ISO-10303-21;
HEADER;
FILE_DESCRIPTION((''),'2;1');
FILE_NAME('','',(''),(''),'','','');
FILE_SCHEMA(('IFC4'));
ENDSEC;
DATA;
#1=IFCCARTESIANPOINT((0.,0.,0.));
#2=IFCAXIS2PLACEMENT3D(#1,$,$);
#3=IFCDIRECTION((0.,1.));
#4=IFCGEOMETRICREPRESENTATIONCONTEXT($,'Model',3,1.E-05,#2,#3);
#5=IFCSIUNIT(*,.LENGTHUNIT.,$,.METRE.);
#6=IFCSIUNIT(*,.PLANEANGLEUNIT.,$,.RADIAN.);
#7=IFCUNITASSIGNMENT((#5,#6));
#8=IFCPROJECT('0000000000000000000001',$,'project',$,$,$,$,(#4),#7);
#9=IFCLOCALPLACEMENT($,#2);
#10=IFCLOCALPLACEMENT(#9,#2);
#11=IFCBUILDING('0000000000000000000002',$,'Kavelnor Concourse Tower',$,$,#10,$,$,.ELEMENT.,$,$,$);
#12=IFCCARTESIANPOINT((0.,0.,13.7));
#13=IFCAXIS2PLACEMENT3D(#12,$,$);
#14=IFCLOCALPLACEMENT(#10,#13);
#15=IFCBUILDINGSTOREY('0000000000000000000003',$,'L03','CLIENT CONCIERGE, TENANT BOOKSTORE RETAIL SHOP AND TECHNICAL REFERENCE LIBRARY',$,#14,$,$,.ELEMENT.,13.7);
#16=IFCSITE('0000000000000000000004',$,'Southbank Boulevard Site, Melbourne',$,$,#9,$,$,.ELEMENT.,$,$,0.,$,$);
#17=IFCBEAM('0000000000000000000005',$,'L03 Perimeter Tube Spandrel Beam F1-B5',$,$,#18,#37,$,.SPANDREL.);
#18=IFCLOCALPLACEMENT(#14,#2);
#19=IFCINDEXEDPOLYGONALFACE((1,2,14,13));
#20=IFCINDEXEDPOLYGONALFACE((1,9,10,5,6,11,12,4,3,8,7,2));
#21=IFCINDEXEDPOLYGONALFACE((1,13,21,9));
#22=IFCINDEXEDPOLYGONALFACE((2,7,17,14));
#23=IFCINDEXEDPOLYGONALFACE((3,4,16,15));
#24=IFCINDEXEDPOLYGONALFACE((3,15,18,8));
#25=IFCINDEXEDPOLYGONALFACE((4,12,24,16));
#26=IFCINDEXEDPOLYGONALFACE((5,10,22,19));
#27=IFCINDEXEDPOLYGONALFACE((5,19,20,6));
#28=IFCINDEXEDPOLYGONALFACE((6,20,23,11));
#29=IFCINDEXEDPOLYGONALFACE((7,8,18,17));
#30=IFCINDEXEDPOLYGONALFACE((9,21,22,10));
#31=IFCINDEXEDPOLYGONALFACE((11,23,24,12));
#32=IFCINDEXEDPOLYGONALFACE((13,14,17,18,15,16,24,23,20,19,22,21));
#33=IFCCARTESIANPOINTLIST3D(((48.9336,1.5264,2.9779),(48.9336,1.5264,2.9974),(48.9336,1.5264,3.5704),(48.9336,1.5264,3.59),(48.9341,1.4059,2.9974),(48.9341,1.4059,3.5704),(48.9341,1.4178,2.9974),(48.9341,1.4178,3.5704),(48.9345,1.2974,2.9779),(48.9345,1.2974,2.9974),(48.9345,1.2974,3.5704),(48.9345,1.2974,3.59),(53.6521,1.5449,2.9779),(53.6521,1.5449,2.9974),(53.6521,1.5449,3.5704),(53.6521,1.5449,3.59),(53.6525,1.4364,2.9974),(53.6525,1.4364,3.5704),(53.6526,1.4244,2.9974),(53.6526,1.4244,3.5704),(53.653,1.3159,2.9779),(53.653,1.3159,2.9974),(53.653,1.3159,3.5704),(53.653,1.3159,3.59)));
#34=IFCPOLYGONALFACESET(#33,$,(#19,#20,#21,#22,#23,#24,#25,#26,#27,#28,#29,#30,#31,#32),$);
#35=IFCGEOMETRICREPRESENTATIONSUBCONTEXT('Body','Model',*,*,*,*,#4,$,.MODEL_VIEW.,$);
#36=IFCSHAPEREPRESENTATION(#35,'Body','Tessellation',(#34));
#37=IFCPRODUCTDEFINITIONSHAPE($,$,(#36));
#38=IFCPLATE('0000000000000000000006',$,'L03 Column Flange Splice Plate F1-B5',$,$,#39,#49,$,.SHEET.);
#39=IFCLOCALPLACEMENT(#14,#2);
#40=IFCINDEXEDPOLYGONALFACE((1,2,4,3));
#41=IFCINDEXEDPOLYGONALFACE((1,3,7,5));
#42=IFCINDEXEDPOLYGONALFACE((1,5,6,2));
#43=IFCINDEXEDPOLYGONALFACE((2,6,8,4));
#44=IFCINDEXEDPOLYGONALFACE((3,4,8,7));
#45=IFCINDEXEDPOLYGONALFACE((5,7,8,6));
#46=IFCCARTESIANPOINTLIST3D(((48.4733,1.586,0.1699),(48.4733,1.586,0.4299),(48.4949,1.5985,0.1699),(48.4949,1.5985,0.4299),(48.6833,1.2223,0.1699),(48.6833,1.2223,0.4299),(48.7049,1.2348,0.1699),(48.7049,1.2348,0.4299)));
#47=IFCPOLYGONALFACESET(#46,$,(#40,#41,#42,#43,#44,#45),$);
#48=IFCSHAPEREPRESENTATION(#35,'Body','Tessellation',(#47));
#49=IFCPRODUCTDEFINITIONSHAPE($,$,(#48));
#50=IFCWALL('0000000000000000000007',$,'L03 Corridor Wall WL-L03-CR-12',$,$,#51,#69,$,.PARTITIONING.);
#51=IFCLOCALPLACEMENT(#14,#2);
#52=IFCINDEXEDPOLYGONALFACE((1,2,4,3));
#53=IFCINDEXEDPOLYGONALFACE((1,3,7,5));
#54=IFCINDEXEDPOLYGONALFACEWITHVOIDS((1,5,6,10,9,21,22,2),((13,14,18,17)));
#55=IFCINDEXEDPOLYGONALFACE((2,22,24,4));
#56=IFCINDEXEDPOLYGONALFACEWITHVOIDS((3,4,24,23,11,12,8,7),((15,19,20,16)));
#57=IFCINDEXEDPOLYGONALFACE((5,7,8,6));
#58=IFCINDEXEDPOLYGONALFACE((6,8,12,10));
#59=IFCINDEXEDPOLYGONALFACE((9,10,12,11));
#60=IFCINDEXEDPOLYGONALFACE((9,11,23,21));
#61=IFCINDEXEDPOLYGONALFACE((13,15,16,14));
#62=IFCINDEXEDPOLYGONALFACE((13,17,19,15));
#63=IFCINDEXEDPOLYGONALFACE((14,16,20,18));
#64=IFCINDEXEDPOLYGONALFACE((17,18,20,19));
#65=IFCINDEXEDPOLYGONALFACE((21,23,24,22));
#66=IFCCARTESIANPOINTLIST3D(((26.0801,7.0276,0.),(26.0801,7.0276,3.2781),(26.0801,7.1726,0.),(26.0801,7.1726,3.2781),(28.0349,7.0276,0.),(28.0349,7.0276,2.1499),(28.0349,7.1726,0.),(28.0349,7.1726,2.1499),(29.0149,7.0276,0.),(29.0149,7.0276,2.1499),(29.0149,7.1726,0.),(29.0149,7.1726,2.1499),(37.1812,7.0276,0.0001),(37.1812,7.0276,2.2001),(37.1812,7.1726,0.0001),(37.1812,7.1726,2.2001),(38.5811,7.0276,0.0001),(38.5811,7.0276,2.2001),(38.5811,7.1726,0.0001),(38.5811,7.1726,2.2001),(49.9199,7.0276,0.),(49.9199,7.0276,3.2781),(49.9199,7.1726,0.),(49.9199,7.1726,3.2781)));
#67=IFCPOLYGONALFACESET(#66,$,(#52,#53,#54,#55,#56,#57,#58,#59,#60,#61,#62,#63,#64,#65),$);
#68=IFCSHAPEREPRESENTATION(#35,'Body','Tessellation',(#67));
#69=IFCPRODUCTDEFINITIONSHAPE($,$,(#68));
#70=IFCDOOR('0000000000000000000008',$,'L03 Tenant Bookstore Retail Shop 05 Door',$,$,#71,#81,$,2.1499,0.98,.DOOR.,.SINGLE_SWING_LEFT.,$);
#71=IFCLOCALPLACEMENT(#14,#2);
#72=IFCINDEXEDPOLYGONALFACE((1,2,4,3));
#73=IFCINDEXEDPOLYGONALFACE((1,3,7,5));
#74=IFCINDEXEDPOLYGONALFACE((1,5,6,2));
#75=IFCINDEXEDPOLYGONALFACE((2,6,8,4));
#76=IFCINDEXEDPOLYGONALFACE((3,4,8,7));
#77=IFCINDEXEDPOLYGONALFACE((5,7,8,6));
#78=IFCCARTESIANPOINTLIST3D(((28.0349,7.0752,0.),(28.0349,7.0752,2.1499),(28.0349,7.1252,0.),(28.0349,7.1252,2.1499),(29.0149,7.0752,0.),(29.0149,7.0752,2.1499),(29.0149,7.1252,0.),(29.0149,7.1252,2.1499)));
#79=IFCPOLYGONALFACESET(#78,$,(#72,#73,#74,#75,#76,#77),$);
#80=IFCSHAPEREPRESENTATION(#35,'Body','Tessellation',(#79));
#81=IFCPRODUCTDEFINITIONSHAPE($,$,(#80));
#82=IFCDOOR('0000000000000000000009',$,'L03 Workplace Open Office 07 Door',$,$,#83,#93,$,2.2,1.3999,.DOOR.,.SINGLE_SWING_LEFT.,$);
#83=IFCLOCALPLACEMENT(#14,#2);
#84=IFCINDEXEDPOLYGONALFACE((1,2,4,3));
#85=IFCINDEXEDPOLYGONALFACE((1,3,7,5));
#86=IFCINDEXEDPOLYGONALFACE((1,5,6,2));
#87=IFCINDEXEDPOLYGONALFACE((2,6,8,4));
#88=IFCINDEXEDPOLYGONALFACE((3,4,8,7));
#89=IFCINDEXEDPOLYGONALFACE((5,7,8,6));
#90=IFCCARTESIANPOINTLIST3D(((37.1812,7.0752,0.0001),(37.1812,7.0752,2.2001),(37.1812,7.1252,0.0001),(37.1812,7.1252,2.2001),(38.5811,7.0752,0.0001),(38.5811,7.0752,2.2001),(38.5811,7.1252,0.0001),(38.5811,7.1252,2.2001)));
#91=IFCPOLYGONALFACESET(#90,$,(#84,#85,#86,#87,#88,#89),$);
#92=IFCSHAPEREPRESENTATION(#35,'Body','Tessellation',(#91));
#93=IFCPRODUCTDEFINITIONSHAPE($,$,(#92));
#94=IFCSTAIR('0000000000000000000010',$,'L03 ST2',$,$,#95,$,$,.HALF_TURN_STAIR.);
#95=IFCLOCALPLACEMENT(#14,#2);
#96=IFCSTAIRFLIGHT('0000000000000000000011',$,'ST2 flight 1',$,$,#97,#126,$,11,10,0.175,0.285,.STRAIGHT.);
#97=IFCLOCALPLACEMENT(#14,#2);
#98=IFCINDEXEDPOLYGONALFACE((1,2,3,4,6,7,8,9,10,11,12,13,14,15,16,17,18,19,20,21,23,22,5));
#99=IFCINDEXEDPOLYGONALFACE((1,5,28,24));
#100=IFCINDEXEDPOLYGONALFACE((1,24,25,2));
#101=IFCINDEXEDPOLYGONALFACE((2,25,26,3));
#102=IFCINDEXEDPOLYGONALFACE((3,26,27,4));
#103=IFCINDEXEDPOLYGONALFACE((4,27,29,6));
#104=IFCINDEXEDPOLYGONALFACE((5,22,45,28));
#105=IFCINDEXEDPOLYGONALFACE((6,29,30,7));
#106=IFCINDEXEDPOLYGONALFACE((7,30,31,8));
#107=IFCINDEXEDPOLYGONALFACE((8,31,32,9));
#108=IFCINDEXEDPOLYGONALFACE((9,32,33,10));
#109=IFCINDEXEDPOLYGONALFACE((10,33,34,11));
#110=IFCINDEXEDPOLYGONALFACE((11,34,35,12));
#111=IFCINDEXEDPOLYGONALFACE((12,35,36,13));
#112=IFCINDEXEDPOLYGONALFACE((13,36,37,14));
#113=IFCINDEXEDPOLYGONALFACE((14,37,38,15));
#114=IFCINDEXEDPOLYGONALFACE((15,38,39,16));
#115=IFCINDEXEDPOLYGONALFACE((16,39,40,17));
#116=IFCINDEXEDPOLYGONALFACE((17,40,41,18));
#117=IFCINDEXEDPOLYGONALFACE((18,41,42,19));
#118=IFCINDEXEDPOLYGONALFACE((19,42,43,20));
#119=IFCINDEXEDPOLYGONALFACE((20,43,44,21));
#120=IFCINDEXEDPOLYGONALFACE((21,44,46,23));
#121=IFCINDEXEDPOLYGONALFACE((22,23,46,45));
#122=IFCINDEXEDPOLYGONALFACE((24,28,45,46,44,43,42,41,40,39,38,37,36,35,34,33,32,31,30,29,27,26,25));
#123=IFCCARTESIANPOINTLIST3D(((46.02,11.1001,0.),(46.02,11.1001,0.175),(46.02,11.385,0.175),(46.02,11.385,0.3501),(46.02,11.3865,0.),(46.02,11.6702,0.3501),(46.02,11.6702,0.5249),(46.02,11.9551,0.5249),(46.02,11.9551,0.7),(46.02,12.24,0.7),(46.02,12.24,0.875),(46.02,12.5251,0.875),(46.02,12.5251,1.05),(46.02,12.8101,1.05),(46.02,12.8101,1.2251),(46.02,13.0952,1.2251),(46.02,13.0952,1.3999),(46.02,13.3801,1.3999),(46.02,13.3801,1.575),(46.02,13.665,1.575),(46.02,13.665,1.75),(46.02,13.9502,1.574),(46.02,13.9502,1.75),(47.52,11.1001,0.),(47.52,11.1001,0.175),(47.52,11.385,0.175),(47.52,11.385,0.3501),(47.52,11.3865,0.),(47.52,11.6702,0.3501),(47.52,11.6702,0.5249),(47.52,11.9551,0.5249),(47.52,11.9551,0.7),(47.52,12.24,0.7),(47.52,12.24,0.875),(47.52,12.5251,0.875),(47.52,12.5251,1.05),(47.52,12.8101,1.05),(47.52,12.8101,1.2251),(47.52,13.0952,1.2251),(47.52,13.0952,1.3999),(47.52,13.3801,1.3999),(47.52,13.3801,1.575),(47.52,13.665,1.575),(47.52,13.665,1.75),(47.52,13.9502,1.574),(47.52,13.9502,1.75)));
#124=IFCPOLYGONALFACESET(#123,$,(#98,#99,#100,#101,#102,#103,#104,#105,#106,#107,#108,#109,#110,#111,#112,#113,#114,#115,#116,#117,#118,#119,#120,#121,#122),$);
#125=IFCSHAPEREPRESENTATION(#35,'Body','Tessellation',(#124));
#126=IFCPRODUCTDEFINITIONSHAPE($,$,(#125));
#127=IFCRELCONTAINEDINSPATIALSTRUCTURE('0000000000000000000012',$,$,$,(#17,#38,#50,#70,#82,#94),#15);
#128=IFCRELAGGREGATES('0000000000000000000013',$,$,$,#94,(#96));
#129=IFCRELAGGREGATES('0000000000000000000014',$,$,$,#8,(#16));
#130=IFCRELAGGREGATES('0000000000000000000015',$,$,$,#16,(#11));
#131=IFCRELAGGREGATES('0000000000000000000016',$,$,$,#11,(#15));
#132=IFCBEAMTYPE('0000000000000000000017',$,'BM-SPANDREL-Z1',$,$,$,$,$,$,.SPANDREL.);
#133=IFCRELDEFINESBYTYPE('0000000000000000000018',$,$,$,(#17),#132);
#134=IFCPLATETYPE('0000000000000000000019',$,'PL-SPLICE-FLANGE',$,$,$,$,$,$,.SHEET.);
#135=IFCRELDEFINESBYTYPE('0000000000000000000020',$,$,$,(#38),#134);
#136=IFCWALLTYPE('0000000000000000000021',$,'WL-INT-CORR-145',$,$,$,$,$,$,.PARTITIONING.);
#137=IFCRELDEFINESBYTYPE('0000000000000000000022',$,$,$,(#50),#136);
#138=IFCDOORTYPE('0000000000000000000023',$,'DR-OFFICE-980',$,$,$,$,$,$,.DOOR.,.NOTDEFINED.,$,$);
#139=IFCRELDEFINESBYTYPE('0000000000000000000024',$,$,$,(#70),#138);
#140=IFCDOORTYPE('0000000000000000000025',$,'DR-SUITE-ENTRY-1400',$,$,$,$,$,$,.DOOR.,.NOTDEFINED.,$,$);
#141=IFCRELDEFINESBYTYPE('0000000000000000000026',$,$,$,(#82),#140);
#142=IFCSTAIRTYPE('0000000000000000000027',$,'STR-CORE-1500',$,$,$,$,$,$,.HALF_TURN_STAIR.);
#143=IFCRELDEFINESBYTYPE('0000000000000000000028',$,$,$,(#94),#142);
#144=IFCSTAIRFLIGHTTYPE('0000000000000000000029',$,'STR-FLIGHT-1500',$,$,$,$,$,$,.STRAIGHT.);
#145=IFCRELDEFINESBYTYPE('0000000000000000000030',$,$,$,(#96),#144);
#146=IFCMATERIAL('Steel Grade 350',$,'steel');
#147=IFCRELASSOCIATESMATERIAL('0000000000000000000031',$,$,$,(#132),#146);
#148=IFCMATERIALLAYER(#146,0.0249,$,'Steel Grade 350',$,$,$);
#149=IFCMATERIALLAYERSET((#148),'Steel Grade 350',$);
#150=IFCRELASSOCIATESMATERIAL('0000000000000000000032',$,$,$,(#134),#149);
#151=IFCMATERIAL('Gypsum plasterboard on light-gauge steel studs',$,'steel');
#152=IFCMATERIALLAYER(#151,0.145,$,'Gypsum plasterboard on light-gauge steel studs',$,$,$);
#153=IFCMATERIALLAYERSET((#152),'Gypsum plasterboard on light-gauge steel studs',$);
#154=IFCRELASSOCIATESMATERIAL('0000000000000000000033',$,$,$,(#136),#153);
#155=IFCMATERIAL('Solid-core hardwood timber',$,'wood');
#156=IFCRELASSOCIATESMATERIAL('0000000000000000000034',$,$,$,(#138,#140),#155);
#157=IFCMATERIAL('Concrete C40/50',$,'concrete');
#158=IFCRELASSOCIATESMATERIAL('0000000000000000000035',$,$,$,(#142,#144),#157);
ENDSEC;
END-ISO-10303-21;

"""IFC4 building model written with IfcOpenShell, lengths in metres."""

from ifc_helpers import new_model, si_unit, direction, frame, frame_2d, origin, origin_2d, place, context, subcontext, project, spatial, polyline, rectangle, i_section, outline, extrude, material, layer, layer_set, material_profile, profile_set, type_object, element, fill, aggregate, save


model = new_model("IFC4")

# Units and contexts
model_context = context("Model", 3, precision=1e-05, world=origin(), true_north=direction((0.0, 1.0)))
body_context = subcontext(model_context, "Body", "Model", "MODEL_VIEW")
ifc_project = project(units=[si_unit("LENGTHUNIT", "METRE"), si_unit("PLANEANGLEUNIT", "RADIAN")], contexts=[model_context])

# Site, building, storey
site_placement = place(None, origin())
site = spatial("IfcSite", under=ifc_project, at=site_placement, Name="Southbank Boulevard Site, Melbourne", CompositionType="ELEMENT", RefElevation=0.0)
building_placement = place(site_placement, origin())
building = spatial("IfcBuilding", under=site, at=building_placement, Name="Kavelnor Concourse Tower", CompositionType="ELEMENT")
storey_placement = place(building_placement, frame((0.0, 0.0, 13.7)))
storey = spatial("IfcBuildingStorey", under=building, at=storey_placement, Name="L03", Description="CLIENT CONCIERGE, TENANT BOOKSTORE RETAIL SHOP AND TECHNICAL REFERENCE LIBRARY", CompositionType="ELEMENT", Elevation=13.7)

# Shared definitions
ifc_material_1 = material(Name="Steel Grade 350", Category="steel")

# Beam
ifc_material_profile_1 = material_profile(ifc_material_1, i_section(OverallWidth=0.229, OverallDepth=0.6121, WebThickness=0.012, FlangeThickness=0.0195, at=origin_2d()), Name="610UB125")
ifc_profile_set_1 = profile_set([ifc_material_profile_1], Name="Steel Grade 350")
beam_type_1 = type_object("IfcBeamType", Name="BM-SPANDREL-Z1", PredefinedType="SPANDREL", material=ifc_profile_set_1)
beam_1_placement = place(storey_placement, frame((48.9341, 1.4119, 3.2839), z_axis=(0.999992, 0.003932, 0.0), x_axis=(-0.003932, 0.999992, 0.0)))
element("IfcBeam", 1, at=beam_1_placement, inside=storey, type_object=beam_type_1, Name="L03 Perimeter Tube Spandrel Beam F1-B5", PredefinedType="SPANDREL", context=body_context, shape_type="SweptSolid", body=[
    extrude(i_section(OverallWidth=0.229, OverallDepth=0.6121, WebThickness=0.012, FlangeThickness=0.0195, at=origin_2d()), origin(), (0.0, 0.0, 1.0), 4.7185),
])

# Plate
ifc_layer_1 = layer(ifc_material_1, 0.0249, Name="Steel Grade 350")
ifc_layer_set_1 = layer_set([ifc_layer_1], Name="Steel Grade 350")
plate_type = type_object("IfcPlateType", Name="PL-SPLICE-FLANGE", PredefinedType="SHEET", material=ifc_layer_set_1)
plate_placement = place(storey_placement, frame((48.5891, 1.4104, 0.1699), z_axis=(0.0, 0.0, 1.0), x_axis=(-0.5, 0.866025, 0.0)))
element("IfcPlate", 2, at=plate_placement, inside=storey, type_object=plate_type, Name="L03 Column Flange Splice Plate F1-B5", PredefinedType="SHEET", context=body_context, shape_type="SweptSolid", body=[
    extrude(rectangle(XDim=0.4199, YDim=0.0249, at=origin_2d()), origin(), (0.0, 0.0, 1.0), 0.26),
])

# Wall, openings, doors
ifc_material_2 = material(Name="Gypsum plasterboard on light-gauge steel studs", Category="steel")
ifc_layer_2 = layer(ifc_material_2, 0.145, Name="Gypsum plasterboard on light-gauge steel studs")
ifc_layer_set_2 = layer_set([ifc_layer_2], Name="Gypsum plasterboard on light-gauge steel studs")
wall_type_1 = type_object("IfcWallType", Name="WL-INT-CORR-145", PredefinedType="PARTITIONING", material=ifc_layer_set_2)
wall_1_placement = place(storey_placement, frame((49.9199, 7.1001, 0.0), z_axis=(0.0, 0.0, 1.0), x_axis=(-1.0, 0.0, 0.0)))
wall_1 = element("IfcWall", 3, at=wall_1_placement, inside=storey, type_object=wall_type_1, Name="L03 Corridor Wall WL-L03-CR-12", PredefinedType="PARTITIONING", context=body_context, shape_type="SweptSolid", body=[
    extrude(rectangle(XDim=23.8398, YDim=0.145, at=frame_2d((11.9199, 0.0))), origin(), (0.0, 0.0, 1.0), 3.2781),
])
opening_1_placement = place(wall_1_placement, frame((20.905, 0.0, 0.0)))
opening_1 = element("IfcOpeningElement", 4, at=opening_1_placement, cuts=wall_1, PredefinedType="OPENING", context=body_context, shape_type="SweptSolid", body=[
    extrude(rectangle(XDim=0.98, YDim=2.1499, at=frame_2d((0.49, 1.075))), frame((0.0, 0.0825, 0.0), z_axis=(0.0, -1.0, 0.0), x_axis=(1.0, 0.0, 0.0)), (0.0, 0.0, 1.0), 0.165),
])
opening_2_placement = place(wall_1_placement, frame((11.3389, 0.0, 0.0)))
opening_2 = element("IfcOpeningElement", 5, at=opening_2_placement, cuts=wall_1, PredefinedType="OPENING", context=body_context, shape_type="SweptSolid", body=[
    extrude(rectangle(XDim=1.3999, YDim=2.2, at=frame_2d((0.7, 1.1001))), frame((0.0, 0.0825, 0.0), z_axis=(0.0, -1.0, 0.0), x_axis=(1.0, 0.0, 0.0)), (0.0, 0.0, 1.0), 0.165),
])
ifc_material_3 = material(Name="Solid-core hardwood timber", Category="wood")
door_type_1 = type_object("IfcDoorType", Name="DR-OFFICE-980", OperationType="NOTDEFINED", PredefinedType="DOOR", material=ifc_material_3)
door_1_placement = place(opening_1_placement, origin())
door_1 = element("IfcDoor", 6, at=door_1_placement, inside=storey, type_object=door_type_1, Name="L03 Tenant Bookstore Retail Shop 05 Door", OperationType="SINGLE_SWING_LEFT", OverallHeight=2.1499, OverallWidth=0.98, PredefinedType="DOOR", context=body_context, shape_type="SweptSolid", body=[
    extrude(rectangle(XDim=0.98, YDim=2.1499, at=frame_2d((0.49, 1.075))), frame((0.0, 0.0249, 0.0), z_axis=(0.0, -1.0, 0.0), x_axis=(1.0, 0.0, 0.0)), (0.0, 0.0, 1.0), 0.05),
])
fill(opening_1, door_1)
door_type_2 = type_object("IfcDoorType", Name="DR-SUITE-ENTRY-1400", OperationType="NOTDEFINED", PredefinedType="DOOR", material=ifc_material_3)
door_2_placement = place(opening_2_placement, origin())
door_2 = element("IfcDoor", 7, at=door_2_placement, inside=storey, type_object=door_type_2, Name="L03 Workplace Open Office 07 Door", OperationType="SINGLE_SWING_LEFT", OverallHeight=2.2, OverallWidth=1.3999, PredefinedType="DOOR", context=body_context, shape_type="SweptSolid", body=[
    extrude(rectangle(XDim=1.3999, YDim=2.2, at=frame_2d((0.7, 1.1001))), frame((0.0, 0.0249, 0.0), z_axis=(0.0, -1.0, 0.0), x_axis=(1.0, 0.0, 0.0)), (0.0, 0.0, 1.0), 0.05),
])
fill(opening_2, door_2)

# Stair, stair flight
ifc_material_4 = material(Name="Concrete C40/50", Category="concrete")
stair_type = type_object("IfcStairType", Name="STR-CORE-1500", PredefinedType="HALF_TURN_STAIR", material=ifc_material_4)
stair_placement = place(storey_placement, origin())
stair = element("IfcStair", 8, at=stair_placement, inside=storey, type_object=stair_type, Name="L03 ST2", PredefinedType="HALF_TURN_STAIR")
stair_flight_type = type_object("IfcStairFlightType", Name="STR-FLIGHT-1500", PredefinedType="STRAIGHT", material=ifc_material_4)
stair_flight_placement = place(storey_placement, frame((46.77, 11.1001, 0.0), z_axis=(0.0, 0.0, 1.0), x_axis=(0.0, 1.0, 0.0)))
stair_flight = element("IfcStairFlight", 9, at=stair_flight_placement, type_object=stair_flight_type, Name="ST2 flight 1", NumberOfRisers=11, NumberOfTreads=10, PredefinedType="STRAIGHT", RiserHeight=0.175, TreadLength=0.285, context=body_context, shape_type="SweptSolid", body=[
    extrude(outline(polyline([(0.0, 0.0), (0.0, 0.175), (0.2849, 0.175), (0.2849, 0.3501), (0.5701, 0.3501), (0.5701, 0.5249), (0.855, 0.5249), (0.855, 0.7), (1.1399, 0.7), (1.1399, 0.875), (1.425, 0.875), (1.425, 1.05), (1.71, 1.05), (1.71, 1.2251), (1.9951, 1.2251), (1.9951, 1.3999), (2.28, 1.3999), (2.28, 1.575), (2.5649, 1.575), (2.5649, 1.75), (2.8501, 1.75), (2.8501, 1.925), (2.8501, 1.574), (0.2864, 0.0), (0.0, 0.0)])), frame((0.0, 0.75, 0.0), z_axis=(0.0, -1.0, 0.0), x_axis=(1.0, 0.0, 0.0)), (0.0, 0.0, 1.0), 1.5),
])
aggregate(stair, [stair_flight])

save(model, "model.ifc")
